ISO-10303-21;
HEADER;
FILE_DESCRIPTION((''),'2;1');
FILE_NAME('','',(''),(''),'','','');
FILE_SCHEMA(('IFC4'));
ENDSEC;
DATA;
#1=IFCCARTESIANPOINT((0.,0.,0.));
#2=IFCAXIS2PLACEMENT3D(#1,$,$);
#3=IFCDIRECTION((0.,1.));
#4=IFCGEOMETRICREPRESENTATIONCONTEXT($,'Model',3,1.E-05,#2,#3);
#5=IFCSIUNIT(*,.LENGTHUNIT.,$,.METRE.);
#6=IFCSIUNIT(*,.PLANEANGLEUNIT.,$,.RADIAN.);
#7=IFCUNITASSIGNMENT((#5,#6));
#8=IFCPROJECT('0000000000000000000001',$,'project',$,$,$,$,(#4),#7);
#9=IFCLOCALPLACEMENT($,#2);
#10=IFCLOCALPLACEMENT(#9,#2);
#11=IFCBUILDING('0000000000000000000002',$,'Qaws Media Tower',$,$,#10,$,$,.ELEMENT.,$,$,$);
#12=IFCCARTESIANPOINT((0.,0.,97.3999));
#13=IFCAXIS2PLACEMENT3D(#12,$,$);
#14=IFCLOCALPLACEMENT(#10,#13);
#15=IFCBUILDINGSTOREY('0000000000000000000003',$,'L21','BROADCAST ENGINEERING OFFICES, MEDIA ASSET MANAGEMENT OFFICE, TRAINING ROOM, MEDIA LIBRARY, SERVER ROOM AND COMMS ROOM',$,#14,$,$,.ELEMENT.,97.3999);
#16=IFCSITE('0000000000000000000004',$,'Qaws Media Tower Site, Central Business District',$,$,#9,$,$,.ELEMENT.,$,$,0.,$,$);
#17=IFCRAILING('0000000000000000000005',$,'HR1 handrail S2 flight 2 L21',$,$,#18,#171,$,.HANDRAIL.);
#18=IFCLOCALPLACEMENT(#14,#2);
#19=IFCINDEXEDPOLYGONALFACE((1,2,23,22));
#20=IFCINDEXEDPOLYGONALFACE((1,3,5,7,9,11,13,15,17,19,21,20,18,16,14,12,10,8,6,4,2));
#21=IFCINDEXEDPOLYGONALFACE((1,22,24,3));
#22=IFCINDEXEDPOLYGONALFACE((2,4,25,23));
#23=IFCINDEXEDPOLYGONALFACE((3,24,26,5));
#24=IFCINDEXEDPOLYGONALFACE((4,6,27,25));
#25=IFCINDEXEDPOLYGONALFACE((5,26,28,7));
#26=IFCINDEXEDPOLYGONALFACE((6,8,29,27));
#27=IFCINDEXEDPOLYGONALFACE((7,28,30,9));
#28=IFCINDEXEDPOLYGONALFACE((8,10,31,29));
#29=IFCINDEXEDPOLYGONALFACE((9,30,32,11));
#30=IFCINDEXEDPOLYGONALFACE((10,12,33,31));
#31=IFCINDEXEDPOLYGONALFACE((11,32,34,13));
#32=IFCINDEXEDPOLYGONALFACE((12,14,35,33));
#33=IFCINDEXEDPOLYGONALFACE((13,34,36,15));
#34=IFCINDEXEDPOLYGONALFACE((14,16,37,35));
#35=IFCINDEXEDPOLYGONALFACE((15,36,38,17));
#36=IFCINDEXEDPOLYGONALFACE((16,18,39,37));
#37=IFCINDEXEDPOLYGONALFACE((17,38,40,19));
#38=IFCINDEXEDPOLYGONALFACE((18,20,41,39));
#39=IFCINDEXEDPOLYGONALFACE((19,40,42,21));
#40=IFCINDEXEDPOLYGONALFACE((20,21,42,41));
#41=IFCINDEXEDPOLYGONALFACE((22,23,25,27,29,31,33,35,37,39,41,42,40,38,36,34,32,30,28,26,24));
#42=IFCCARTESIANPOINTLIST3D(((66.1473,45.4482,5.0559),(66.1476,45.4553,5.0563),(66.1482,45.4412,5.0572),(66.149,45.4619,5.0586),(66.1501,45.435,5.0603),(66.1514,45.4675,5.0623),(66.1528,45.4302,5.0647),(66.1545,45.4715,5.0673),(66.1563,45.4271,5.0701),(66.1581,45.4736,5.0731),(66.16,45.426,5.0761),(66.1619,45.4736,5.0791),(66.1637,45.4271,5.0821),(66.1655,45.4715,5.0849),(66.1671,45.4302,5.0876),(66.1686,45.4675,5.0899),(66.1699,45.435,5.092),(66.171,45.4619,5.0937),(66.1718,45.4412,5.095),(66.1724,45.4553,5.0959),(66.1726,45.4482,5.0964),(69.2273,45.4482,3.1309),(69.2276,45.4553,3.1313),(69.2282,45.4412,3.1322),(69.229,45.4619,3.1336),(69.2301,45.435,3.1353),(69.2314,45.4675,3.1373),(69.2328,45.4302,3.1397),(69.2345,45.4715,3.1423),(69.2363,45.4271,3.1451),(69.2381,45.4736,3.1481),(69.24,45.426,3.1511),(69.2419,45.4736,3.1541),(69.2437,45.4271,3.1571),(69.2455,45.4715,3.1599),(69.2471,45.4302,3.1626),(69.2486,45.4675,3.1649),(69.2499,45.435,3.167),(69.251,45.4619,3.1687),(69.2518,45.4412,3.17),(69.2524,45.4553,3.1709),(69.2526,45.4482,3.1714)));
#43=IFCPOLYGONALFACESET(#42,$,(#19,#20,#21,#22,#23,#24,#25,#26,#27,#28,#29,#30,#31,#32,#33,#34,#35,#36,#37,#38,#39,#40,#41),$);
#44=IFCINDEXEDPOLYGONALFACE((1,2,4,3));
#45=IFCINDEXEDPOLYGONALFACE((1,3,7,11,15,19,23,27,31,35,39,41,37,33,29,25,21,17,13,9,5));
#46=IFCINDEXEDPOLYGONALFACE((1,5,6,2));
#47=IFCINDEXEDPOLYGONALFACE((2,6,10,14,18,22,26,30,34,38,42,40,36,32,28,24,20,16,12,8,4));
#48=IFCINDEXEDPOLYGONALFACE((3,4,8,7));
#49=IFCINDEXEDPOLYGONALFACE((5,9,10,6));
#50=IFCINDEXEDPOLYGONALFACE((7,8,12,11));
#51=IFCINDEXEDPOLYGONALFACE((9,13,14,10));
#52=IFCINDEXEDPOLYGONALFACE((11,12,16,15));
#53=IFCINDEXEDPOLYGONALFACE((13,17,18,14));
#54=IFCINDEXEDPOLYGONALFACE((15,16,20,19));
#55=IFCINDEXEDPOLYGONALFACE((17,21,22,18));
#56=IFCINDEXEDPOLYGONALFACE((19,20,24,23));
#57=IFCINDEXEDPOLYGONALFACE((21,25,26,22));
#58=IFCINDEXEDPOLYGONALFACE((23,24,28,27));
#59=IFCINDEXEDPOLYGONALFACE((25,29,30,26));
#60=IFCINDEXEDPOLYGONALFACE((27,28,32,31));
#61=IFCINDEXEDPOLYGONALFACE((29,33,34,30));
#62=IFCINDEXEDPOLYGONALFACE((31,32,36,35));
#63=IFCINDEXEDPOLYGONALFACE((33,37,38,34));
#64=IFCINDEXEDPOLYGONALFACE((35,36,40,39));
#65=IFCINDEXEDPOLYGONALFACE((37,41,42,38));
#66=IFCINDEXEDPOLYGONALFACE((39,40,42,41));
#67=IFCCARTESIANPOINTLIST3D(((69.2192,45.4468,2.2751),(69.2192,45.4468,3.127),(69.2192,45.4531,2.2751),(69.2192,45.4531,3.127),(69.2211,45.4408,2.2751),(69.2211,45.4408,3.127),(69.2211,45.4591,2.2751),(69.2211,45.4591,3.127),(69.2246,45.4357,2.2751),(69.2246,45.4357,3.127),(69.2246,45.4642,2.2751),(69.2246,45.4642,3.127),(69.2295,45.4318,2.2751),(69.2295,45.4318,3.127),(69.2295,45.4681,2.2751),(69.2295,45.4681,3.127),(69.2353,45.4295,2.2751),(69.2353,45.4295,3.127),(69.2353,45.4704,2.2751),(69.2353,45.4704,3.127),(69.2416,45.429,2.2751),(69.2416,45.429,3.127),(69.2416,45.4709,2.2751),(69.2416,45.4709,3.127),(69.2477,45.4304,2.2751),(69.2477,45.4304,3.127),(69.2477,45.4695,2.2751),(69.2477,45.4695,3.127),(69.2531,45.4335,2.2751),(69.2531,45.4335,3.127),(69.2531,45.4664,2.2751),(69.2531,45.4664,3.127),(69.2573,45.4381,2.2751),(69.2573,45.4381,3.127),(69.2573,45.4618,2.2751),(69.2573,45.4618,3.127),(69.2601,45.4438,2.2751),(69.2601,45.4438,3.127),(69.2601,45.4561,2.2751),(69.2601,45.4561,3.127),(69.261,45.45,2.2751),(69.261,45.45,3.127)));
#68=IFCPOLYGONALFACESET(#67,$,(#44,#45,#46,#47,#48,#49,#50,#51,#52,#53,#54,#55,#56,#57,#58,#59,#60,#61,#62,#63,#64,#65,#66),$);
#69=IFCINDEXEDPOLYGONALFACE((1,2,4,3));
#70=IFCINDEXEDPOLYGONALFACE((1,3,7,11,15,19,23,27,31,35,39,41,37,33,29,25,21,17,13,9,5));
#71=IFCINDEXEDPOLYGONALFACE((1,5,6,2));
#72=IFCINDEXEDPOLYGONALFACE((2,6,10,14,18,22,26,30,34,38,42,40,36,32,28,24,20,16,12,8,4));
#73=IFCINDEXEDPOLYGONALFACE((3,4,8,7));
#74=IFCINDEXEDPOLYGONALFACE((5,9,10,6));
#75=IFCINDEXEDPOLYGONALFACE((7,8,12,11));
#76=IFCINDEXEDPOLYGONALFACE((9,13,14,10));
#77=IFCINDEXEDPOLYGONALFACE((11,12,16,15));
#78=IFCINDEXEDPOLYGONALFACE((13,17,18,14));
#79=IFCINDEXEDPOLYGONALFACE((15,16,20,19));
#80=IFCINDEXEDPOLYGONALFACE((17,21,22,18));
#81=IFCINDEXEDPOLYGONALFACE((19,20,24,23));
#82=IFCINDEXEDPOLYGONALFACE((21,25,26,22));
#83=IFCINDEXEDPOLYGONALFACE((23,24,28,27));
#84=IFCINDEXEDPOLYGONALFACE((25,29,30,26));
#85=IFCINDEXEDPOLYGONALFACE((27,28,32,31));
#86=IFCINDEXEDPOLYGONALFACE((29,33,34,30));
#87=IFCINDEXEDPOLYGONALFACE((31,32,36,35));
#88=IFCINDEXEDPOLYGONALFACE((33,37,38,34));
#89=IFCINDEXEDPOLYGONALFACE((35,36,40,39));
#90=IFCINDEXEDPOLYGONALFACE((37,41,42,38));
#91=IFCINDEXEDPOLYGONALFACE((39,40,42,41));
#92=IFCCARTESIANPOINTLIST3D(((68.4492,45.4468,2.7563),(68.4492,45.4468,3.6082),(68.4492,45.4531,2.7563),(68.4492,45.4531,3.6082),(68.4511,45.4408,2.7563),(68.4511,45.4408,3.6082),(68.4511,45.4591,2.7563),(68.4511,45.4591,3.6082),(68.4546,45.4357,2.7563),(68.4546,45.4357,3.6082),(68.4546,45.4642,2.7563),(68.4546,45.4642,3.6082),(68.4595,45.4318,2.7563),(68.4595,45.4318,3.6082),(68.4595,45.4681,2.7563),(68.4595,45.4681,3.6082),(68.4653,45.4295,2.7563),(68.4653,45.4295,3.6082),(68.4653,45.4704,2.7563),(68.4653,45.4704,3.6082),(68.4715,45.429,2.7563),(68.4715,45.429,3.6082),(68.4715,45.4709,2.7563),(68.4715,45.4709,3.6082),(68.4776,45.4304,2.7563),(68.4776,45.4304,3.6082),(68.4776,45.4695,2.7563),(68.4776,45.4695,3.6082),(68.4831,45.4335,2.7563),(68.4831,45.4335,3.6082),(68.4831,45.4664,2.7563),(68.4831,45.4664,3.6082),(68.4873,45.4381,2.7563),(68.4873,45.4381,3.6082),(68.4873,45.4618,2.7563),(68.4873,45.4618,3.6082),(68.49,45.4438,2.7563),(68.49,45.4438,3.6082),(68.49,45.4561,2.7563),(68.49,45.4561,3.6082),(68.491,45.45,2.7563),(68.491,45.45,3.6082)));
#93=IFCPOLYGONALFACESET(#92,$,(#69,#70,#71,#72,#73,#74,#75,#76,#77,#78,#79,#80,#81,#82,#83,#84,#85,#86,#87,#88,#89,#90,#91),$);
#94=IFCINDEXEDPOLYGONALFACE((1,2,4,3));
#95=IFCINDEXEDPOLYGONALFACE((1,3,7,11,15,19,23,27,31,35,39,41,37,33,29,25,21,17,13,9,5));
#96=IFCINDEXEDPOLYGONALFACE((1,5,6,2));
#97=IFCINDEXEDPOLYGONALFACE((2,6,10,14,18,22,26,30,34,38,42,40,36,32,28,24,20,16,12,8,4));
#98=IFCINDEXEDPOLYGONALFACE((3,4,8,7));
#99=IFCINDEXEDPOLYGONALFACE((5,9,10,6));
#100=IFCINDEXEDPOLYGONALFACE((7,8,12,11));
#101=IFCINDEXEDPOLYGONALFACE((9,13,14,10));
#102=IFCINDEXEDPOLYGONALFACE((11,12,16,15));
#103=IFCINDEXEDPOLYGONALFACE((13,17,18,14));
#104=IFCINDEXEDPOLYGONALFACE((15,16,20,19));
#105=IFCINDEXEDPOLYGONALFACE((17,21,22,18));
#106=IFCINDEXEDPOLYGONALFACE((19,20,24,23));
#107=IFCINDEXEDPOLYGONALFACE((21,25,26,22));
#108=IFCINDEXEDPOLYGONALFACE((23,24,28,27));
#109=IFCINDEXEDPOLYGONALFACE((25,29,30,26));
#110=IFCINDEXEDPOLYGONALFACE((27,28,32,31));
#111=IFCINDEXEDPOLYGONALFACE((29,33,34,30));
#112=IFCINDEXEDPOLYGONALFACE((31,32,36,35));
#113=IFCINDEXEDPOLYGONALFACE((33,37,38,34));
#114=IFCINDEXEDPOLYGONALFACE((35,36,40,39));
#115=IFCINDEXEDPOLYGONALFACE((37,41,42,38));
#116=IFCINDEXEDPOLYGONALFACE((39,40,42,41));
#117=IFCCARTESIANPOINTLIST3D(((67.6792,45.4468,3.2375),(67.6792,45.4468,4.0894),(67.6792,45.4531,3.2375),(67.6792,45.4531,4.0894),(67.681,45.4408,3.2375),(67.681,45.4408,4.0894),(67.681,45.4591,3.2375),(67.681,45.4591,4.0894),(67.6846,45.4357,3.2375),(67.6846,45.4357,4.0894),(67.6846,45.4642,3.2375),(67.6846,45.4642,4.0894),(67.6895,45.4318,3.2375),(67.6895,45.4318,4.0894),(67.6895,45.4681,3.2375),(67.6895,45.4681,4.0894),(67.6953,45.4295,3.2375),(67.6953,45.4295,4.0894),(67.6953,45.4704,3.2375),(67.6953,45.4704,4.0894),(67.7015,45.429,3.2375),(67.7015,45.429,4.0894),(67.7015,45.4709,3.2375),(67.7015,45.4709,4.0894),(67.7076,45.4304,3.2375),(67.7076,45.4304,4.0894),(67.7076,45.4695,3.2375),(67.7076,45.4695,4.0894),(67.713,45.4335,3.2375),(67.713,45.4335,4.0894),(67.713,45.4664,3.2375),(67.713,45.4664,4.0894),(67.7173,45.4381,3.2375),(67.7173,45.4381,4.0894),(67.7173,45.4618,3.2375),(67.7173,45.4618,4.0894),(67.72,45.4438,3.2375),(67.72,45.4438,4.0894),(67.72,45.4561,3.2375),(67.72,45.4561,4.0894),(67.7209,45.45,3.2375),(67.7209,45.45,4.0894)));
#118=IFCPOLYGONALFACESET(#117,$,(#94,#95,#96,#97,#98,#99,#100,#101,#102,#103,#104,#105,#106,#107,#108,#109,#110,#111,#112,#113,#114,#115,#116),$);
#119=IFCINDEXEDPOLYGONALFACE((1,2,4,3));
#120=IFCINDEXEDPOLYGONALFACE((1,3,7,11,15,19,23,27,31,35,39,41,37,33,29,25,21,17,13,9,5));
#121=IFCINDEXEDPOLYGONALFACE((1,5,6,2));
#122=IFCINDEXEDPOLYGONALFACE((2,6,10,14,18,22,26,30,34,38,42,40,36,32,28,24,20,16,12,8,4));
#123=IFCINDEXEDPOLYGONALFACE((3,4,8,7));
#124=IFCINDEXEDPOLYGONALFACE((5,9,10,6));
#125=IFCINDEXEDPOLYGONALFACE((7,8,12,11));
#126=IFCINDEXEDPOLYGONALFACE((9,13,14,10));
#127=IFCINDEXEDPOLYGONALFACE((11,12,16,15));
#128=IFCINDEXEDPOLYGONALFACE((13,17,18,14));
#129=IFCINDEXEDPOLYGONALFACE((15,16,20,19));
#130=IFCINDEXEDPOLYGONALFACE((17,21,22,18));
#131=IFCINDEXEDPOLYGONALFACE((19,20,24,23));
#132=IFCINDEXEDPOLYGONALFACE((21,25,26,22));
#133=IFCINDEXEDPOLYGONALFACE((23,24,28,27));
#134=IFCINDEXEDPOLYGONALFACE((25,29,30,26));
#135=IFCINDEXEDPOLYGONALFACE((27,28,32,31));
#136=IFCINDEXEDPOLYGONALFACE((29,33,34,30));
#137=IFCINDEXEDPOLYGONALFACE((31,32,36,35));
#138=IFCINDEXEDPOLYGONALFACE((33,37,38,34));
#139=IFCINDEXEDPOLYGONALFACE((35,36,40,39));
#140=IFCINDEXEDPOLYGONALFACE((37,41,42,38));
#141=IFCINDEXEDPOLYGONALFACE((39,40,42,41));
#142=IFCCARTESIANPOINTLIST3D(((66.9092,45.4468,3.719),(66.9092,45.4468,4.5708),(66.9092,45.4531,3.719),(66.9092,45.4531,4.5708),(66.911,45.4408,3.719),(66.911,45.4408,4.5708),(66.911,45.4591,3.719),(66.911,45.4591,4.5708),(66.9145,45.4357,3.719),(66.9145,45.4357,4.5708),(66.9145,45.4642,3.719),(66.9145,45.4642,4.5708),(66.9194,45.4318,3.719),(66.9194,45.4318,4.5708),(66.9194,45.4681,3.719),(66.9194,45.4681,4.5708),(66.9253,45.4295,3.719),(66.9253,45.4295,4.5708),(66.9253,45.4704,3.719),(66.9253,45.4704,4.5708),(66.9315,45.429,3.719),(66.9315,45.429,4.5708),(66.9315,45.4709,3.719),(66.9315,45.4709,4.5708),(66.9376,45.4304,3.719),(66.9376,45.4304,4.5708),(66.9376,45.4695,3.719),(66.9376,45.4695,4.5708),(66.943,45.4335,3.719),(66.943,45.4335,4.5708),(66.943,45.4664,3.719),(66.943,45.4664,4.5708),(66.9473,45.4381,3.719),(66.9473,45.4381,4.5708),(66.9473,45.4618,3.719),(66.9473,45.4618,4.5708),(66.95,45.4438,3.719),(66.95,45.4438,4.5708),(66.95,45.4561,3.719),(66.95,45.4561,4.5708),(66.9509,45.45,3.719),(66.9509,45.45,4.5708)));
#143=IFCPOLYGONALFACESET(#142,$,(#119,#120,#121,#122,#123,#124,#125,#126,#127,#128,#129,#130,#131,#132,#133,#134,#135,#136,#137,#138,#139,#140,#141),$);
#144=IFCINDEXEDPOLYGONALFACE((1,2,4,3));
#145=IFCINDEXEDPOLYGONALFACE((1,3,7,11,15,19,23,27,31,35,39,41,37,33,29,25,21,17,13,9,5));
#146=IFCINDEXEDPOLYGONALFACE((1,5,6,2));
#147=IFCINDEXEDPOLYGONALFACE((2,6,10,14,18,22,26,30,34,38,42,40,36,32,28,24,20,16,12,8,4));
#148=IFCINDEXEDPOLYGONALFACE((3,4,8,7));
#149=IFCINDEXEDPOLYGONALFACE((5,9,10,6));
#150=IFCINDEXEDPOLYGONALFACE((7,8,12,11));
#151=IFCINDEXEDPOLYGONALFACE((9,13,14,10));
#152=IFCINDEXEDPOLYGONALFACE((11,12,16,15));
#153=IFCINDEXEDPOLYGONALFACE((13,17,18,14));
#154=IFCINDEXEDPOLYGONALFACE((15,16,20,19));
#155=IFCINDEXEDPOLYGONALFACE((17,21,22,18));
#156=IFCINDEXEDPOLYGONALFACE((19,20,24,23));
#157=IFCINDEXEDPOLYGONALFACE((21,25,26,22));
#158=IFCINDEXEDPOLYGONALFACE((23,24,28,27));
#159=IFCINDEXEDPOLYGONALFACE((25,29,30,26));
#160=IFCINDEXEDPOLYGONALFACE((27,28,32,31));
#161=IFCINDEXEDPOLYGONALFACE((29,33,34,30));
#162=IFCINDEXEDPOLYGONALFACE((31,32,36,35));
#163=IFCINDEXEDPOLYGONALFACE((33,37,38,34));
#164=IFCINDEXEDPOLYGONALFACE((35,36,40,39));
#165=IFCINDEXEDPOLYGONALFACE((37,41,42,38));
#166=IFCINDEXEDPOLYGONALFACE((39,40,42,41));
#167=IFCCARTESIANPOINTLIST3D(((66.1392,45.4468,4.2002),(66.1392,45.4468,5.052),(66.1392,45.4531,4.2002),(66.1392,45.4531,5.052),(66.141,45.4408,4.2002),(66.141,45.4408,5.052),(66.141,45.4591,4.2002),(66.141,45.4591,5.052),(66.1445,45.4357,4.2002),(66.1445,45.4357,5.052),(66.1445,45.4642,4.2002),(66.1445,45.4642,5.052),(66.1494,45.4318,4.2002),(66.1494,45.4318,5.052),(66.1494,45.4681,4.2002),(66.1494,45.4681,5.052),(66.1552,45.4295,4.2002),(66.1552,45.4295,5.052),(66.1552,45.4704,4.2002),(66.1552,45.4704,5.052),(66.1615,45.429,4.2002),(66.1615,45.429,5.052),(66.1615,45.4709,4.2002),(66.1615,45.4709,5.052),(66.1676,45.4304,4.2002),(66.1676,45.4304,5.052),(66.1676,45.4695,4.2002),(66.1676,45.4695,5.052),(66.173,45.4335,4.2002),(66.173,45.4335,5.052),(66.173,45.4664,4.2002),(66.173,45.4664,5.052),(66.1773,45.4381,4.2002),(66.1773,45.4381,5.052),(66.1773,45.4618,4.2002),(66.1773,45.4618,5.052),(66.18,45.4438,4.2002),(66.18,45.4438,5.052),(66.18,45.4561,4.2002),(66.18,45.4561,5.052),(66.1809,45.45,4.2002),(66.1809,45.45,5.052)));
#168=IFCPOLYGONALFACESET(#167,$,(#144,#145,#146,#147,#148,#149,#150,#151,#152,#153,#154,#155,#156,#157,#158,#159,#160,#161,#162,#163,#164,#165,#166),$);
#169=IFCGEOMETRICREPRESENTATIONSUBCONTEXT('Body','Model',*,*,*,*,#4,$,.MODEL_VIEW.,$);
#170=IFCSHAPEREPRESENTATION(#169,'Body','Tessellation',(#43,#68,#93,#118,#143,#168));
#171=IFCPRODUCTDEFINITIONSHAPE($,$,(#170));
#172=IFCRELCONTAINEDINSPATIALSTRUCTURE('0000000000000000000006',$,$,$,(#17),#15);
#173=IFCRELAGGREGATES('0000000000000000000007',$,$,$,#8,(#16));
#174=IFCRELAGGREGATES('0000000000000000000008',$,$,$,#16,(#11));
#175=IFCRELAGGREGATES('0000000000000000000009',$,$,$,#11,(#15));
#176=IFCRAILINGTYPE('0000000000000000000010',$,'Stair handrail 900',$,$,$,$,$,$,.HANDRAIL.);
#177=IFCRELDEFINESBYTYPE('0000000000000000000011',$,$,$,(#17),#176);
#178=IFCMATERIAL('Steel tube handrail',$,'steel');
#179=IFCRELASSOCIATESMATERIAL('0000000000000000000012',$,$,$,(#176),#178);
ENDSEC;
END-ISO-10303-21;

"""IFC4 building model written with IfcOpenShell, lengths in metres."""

from ifc_helpers import new_model, si_unit, direction, frame, origin, origin_2d, place, context, subcontext, project, spatial, circle, extrude, material, type_object, element, save


model = new_model("IFC4")

# Units and contexts
model_context = context("Model", 3, precision=1e-05, world=origin(), true_north=direction((0.0, 1.0)))
body_context = subcontext(model_context, "Body", "Model", "MODEL_VIEW")
ifc_project = project(units=[si_unit("LENGTHUNIT", "METRE"), si_unit("PLANEANGLEUNIT", "RADIAN")], contexts=[model_context])

# Site, building, storey
site_placement = place(None, origin())
site = spatial("IfcSite", under=ifc_project, at=site_placement, Name="Qaws Media Tower Site, Central Business District", CompositionType="ELEMENT", RefElevation=0.0)
building_placement = place(site_placement, origin())
building = spatial("IfcBuilding", under=site, at=building_placement, Name="Qaws Media Tower", CompositionType="ELEMENT")
storey_placement = place(building_placement, frame((0.0, 0.0, 97.3999)))
storey = spatial("IfcBuildingStorey", under=building, at=storey_placement, Name="L21", Description="BROADCAST ENGINEERING OFFICES, MEDIA ASSET MANAGEMENT OFFICE, TRAINING ROOM, MEDIA LIBRARY, SERVER ROOM AND COMMS ROOM", CompositionType="ELEMENT", Elevation=97.3999)

# Railing
ifc_material_1 = material(Name="Steel tube handrail", Category="steel")
railing_type = type_object("IfcRailingType", Name="Stair handrail 900", PredefinedType="HANDRAIL", material=ifc_material_1)
for number, where, name in (
    (1, (69.24, 45.45, 2.2751), "HR1 handrail S2 flight 2 L21"),
):
    element("IfcRailing", number, at=place(storey_placement, frame(where)), inside=storey, type_object=railing_type, Name=name, PredefinedType="HANDRAIL", context=body_context, shape_type="SweptSolid", body=[
        extrude(circle(Radius=0.0239, at=origin_2d()), frame((0.0, 0.0, 0.876), z_axis=(-0.847998, 0.0, 0.529999), x_axis=(0.0, -1.0, 0.0)), (0.0, 0.0, 1.0), 3.6321),
        extrude(circle(Radius=0.021, at=origin_2d()), origin(), (0.0, 0.0, 1.0), 0.8518),
        extrude(circle(Radius=0.021, at=origin_2d()), frame((-0.77, 0.0, 0.4812)), (0.0, 0.0, 1.0), 0.8518),
        extrude(circle(Radius=0.021, at=origin_2d()), frame((-1.54, 0.0, 0.9624)), (0.0, 0.0, 1.0), 0.8518),
        extrude(circle(Radius=0.021, at=origin_2d()), frame((-2.3101, 0.0, 1.4438)), (0.0, 0.0, 1.0), 0.8518),
        extrude(circle(Radius=0.021, at=origin_2d()), frame((-3.0801, 0.0, 1.925)), (0.0, 0.0, 1.0), 0.8518),
    ])

save(model, "model.ifc")
